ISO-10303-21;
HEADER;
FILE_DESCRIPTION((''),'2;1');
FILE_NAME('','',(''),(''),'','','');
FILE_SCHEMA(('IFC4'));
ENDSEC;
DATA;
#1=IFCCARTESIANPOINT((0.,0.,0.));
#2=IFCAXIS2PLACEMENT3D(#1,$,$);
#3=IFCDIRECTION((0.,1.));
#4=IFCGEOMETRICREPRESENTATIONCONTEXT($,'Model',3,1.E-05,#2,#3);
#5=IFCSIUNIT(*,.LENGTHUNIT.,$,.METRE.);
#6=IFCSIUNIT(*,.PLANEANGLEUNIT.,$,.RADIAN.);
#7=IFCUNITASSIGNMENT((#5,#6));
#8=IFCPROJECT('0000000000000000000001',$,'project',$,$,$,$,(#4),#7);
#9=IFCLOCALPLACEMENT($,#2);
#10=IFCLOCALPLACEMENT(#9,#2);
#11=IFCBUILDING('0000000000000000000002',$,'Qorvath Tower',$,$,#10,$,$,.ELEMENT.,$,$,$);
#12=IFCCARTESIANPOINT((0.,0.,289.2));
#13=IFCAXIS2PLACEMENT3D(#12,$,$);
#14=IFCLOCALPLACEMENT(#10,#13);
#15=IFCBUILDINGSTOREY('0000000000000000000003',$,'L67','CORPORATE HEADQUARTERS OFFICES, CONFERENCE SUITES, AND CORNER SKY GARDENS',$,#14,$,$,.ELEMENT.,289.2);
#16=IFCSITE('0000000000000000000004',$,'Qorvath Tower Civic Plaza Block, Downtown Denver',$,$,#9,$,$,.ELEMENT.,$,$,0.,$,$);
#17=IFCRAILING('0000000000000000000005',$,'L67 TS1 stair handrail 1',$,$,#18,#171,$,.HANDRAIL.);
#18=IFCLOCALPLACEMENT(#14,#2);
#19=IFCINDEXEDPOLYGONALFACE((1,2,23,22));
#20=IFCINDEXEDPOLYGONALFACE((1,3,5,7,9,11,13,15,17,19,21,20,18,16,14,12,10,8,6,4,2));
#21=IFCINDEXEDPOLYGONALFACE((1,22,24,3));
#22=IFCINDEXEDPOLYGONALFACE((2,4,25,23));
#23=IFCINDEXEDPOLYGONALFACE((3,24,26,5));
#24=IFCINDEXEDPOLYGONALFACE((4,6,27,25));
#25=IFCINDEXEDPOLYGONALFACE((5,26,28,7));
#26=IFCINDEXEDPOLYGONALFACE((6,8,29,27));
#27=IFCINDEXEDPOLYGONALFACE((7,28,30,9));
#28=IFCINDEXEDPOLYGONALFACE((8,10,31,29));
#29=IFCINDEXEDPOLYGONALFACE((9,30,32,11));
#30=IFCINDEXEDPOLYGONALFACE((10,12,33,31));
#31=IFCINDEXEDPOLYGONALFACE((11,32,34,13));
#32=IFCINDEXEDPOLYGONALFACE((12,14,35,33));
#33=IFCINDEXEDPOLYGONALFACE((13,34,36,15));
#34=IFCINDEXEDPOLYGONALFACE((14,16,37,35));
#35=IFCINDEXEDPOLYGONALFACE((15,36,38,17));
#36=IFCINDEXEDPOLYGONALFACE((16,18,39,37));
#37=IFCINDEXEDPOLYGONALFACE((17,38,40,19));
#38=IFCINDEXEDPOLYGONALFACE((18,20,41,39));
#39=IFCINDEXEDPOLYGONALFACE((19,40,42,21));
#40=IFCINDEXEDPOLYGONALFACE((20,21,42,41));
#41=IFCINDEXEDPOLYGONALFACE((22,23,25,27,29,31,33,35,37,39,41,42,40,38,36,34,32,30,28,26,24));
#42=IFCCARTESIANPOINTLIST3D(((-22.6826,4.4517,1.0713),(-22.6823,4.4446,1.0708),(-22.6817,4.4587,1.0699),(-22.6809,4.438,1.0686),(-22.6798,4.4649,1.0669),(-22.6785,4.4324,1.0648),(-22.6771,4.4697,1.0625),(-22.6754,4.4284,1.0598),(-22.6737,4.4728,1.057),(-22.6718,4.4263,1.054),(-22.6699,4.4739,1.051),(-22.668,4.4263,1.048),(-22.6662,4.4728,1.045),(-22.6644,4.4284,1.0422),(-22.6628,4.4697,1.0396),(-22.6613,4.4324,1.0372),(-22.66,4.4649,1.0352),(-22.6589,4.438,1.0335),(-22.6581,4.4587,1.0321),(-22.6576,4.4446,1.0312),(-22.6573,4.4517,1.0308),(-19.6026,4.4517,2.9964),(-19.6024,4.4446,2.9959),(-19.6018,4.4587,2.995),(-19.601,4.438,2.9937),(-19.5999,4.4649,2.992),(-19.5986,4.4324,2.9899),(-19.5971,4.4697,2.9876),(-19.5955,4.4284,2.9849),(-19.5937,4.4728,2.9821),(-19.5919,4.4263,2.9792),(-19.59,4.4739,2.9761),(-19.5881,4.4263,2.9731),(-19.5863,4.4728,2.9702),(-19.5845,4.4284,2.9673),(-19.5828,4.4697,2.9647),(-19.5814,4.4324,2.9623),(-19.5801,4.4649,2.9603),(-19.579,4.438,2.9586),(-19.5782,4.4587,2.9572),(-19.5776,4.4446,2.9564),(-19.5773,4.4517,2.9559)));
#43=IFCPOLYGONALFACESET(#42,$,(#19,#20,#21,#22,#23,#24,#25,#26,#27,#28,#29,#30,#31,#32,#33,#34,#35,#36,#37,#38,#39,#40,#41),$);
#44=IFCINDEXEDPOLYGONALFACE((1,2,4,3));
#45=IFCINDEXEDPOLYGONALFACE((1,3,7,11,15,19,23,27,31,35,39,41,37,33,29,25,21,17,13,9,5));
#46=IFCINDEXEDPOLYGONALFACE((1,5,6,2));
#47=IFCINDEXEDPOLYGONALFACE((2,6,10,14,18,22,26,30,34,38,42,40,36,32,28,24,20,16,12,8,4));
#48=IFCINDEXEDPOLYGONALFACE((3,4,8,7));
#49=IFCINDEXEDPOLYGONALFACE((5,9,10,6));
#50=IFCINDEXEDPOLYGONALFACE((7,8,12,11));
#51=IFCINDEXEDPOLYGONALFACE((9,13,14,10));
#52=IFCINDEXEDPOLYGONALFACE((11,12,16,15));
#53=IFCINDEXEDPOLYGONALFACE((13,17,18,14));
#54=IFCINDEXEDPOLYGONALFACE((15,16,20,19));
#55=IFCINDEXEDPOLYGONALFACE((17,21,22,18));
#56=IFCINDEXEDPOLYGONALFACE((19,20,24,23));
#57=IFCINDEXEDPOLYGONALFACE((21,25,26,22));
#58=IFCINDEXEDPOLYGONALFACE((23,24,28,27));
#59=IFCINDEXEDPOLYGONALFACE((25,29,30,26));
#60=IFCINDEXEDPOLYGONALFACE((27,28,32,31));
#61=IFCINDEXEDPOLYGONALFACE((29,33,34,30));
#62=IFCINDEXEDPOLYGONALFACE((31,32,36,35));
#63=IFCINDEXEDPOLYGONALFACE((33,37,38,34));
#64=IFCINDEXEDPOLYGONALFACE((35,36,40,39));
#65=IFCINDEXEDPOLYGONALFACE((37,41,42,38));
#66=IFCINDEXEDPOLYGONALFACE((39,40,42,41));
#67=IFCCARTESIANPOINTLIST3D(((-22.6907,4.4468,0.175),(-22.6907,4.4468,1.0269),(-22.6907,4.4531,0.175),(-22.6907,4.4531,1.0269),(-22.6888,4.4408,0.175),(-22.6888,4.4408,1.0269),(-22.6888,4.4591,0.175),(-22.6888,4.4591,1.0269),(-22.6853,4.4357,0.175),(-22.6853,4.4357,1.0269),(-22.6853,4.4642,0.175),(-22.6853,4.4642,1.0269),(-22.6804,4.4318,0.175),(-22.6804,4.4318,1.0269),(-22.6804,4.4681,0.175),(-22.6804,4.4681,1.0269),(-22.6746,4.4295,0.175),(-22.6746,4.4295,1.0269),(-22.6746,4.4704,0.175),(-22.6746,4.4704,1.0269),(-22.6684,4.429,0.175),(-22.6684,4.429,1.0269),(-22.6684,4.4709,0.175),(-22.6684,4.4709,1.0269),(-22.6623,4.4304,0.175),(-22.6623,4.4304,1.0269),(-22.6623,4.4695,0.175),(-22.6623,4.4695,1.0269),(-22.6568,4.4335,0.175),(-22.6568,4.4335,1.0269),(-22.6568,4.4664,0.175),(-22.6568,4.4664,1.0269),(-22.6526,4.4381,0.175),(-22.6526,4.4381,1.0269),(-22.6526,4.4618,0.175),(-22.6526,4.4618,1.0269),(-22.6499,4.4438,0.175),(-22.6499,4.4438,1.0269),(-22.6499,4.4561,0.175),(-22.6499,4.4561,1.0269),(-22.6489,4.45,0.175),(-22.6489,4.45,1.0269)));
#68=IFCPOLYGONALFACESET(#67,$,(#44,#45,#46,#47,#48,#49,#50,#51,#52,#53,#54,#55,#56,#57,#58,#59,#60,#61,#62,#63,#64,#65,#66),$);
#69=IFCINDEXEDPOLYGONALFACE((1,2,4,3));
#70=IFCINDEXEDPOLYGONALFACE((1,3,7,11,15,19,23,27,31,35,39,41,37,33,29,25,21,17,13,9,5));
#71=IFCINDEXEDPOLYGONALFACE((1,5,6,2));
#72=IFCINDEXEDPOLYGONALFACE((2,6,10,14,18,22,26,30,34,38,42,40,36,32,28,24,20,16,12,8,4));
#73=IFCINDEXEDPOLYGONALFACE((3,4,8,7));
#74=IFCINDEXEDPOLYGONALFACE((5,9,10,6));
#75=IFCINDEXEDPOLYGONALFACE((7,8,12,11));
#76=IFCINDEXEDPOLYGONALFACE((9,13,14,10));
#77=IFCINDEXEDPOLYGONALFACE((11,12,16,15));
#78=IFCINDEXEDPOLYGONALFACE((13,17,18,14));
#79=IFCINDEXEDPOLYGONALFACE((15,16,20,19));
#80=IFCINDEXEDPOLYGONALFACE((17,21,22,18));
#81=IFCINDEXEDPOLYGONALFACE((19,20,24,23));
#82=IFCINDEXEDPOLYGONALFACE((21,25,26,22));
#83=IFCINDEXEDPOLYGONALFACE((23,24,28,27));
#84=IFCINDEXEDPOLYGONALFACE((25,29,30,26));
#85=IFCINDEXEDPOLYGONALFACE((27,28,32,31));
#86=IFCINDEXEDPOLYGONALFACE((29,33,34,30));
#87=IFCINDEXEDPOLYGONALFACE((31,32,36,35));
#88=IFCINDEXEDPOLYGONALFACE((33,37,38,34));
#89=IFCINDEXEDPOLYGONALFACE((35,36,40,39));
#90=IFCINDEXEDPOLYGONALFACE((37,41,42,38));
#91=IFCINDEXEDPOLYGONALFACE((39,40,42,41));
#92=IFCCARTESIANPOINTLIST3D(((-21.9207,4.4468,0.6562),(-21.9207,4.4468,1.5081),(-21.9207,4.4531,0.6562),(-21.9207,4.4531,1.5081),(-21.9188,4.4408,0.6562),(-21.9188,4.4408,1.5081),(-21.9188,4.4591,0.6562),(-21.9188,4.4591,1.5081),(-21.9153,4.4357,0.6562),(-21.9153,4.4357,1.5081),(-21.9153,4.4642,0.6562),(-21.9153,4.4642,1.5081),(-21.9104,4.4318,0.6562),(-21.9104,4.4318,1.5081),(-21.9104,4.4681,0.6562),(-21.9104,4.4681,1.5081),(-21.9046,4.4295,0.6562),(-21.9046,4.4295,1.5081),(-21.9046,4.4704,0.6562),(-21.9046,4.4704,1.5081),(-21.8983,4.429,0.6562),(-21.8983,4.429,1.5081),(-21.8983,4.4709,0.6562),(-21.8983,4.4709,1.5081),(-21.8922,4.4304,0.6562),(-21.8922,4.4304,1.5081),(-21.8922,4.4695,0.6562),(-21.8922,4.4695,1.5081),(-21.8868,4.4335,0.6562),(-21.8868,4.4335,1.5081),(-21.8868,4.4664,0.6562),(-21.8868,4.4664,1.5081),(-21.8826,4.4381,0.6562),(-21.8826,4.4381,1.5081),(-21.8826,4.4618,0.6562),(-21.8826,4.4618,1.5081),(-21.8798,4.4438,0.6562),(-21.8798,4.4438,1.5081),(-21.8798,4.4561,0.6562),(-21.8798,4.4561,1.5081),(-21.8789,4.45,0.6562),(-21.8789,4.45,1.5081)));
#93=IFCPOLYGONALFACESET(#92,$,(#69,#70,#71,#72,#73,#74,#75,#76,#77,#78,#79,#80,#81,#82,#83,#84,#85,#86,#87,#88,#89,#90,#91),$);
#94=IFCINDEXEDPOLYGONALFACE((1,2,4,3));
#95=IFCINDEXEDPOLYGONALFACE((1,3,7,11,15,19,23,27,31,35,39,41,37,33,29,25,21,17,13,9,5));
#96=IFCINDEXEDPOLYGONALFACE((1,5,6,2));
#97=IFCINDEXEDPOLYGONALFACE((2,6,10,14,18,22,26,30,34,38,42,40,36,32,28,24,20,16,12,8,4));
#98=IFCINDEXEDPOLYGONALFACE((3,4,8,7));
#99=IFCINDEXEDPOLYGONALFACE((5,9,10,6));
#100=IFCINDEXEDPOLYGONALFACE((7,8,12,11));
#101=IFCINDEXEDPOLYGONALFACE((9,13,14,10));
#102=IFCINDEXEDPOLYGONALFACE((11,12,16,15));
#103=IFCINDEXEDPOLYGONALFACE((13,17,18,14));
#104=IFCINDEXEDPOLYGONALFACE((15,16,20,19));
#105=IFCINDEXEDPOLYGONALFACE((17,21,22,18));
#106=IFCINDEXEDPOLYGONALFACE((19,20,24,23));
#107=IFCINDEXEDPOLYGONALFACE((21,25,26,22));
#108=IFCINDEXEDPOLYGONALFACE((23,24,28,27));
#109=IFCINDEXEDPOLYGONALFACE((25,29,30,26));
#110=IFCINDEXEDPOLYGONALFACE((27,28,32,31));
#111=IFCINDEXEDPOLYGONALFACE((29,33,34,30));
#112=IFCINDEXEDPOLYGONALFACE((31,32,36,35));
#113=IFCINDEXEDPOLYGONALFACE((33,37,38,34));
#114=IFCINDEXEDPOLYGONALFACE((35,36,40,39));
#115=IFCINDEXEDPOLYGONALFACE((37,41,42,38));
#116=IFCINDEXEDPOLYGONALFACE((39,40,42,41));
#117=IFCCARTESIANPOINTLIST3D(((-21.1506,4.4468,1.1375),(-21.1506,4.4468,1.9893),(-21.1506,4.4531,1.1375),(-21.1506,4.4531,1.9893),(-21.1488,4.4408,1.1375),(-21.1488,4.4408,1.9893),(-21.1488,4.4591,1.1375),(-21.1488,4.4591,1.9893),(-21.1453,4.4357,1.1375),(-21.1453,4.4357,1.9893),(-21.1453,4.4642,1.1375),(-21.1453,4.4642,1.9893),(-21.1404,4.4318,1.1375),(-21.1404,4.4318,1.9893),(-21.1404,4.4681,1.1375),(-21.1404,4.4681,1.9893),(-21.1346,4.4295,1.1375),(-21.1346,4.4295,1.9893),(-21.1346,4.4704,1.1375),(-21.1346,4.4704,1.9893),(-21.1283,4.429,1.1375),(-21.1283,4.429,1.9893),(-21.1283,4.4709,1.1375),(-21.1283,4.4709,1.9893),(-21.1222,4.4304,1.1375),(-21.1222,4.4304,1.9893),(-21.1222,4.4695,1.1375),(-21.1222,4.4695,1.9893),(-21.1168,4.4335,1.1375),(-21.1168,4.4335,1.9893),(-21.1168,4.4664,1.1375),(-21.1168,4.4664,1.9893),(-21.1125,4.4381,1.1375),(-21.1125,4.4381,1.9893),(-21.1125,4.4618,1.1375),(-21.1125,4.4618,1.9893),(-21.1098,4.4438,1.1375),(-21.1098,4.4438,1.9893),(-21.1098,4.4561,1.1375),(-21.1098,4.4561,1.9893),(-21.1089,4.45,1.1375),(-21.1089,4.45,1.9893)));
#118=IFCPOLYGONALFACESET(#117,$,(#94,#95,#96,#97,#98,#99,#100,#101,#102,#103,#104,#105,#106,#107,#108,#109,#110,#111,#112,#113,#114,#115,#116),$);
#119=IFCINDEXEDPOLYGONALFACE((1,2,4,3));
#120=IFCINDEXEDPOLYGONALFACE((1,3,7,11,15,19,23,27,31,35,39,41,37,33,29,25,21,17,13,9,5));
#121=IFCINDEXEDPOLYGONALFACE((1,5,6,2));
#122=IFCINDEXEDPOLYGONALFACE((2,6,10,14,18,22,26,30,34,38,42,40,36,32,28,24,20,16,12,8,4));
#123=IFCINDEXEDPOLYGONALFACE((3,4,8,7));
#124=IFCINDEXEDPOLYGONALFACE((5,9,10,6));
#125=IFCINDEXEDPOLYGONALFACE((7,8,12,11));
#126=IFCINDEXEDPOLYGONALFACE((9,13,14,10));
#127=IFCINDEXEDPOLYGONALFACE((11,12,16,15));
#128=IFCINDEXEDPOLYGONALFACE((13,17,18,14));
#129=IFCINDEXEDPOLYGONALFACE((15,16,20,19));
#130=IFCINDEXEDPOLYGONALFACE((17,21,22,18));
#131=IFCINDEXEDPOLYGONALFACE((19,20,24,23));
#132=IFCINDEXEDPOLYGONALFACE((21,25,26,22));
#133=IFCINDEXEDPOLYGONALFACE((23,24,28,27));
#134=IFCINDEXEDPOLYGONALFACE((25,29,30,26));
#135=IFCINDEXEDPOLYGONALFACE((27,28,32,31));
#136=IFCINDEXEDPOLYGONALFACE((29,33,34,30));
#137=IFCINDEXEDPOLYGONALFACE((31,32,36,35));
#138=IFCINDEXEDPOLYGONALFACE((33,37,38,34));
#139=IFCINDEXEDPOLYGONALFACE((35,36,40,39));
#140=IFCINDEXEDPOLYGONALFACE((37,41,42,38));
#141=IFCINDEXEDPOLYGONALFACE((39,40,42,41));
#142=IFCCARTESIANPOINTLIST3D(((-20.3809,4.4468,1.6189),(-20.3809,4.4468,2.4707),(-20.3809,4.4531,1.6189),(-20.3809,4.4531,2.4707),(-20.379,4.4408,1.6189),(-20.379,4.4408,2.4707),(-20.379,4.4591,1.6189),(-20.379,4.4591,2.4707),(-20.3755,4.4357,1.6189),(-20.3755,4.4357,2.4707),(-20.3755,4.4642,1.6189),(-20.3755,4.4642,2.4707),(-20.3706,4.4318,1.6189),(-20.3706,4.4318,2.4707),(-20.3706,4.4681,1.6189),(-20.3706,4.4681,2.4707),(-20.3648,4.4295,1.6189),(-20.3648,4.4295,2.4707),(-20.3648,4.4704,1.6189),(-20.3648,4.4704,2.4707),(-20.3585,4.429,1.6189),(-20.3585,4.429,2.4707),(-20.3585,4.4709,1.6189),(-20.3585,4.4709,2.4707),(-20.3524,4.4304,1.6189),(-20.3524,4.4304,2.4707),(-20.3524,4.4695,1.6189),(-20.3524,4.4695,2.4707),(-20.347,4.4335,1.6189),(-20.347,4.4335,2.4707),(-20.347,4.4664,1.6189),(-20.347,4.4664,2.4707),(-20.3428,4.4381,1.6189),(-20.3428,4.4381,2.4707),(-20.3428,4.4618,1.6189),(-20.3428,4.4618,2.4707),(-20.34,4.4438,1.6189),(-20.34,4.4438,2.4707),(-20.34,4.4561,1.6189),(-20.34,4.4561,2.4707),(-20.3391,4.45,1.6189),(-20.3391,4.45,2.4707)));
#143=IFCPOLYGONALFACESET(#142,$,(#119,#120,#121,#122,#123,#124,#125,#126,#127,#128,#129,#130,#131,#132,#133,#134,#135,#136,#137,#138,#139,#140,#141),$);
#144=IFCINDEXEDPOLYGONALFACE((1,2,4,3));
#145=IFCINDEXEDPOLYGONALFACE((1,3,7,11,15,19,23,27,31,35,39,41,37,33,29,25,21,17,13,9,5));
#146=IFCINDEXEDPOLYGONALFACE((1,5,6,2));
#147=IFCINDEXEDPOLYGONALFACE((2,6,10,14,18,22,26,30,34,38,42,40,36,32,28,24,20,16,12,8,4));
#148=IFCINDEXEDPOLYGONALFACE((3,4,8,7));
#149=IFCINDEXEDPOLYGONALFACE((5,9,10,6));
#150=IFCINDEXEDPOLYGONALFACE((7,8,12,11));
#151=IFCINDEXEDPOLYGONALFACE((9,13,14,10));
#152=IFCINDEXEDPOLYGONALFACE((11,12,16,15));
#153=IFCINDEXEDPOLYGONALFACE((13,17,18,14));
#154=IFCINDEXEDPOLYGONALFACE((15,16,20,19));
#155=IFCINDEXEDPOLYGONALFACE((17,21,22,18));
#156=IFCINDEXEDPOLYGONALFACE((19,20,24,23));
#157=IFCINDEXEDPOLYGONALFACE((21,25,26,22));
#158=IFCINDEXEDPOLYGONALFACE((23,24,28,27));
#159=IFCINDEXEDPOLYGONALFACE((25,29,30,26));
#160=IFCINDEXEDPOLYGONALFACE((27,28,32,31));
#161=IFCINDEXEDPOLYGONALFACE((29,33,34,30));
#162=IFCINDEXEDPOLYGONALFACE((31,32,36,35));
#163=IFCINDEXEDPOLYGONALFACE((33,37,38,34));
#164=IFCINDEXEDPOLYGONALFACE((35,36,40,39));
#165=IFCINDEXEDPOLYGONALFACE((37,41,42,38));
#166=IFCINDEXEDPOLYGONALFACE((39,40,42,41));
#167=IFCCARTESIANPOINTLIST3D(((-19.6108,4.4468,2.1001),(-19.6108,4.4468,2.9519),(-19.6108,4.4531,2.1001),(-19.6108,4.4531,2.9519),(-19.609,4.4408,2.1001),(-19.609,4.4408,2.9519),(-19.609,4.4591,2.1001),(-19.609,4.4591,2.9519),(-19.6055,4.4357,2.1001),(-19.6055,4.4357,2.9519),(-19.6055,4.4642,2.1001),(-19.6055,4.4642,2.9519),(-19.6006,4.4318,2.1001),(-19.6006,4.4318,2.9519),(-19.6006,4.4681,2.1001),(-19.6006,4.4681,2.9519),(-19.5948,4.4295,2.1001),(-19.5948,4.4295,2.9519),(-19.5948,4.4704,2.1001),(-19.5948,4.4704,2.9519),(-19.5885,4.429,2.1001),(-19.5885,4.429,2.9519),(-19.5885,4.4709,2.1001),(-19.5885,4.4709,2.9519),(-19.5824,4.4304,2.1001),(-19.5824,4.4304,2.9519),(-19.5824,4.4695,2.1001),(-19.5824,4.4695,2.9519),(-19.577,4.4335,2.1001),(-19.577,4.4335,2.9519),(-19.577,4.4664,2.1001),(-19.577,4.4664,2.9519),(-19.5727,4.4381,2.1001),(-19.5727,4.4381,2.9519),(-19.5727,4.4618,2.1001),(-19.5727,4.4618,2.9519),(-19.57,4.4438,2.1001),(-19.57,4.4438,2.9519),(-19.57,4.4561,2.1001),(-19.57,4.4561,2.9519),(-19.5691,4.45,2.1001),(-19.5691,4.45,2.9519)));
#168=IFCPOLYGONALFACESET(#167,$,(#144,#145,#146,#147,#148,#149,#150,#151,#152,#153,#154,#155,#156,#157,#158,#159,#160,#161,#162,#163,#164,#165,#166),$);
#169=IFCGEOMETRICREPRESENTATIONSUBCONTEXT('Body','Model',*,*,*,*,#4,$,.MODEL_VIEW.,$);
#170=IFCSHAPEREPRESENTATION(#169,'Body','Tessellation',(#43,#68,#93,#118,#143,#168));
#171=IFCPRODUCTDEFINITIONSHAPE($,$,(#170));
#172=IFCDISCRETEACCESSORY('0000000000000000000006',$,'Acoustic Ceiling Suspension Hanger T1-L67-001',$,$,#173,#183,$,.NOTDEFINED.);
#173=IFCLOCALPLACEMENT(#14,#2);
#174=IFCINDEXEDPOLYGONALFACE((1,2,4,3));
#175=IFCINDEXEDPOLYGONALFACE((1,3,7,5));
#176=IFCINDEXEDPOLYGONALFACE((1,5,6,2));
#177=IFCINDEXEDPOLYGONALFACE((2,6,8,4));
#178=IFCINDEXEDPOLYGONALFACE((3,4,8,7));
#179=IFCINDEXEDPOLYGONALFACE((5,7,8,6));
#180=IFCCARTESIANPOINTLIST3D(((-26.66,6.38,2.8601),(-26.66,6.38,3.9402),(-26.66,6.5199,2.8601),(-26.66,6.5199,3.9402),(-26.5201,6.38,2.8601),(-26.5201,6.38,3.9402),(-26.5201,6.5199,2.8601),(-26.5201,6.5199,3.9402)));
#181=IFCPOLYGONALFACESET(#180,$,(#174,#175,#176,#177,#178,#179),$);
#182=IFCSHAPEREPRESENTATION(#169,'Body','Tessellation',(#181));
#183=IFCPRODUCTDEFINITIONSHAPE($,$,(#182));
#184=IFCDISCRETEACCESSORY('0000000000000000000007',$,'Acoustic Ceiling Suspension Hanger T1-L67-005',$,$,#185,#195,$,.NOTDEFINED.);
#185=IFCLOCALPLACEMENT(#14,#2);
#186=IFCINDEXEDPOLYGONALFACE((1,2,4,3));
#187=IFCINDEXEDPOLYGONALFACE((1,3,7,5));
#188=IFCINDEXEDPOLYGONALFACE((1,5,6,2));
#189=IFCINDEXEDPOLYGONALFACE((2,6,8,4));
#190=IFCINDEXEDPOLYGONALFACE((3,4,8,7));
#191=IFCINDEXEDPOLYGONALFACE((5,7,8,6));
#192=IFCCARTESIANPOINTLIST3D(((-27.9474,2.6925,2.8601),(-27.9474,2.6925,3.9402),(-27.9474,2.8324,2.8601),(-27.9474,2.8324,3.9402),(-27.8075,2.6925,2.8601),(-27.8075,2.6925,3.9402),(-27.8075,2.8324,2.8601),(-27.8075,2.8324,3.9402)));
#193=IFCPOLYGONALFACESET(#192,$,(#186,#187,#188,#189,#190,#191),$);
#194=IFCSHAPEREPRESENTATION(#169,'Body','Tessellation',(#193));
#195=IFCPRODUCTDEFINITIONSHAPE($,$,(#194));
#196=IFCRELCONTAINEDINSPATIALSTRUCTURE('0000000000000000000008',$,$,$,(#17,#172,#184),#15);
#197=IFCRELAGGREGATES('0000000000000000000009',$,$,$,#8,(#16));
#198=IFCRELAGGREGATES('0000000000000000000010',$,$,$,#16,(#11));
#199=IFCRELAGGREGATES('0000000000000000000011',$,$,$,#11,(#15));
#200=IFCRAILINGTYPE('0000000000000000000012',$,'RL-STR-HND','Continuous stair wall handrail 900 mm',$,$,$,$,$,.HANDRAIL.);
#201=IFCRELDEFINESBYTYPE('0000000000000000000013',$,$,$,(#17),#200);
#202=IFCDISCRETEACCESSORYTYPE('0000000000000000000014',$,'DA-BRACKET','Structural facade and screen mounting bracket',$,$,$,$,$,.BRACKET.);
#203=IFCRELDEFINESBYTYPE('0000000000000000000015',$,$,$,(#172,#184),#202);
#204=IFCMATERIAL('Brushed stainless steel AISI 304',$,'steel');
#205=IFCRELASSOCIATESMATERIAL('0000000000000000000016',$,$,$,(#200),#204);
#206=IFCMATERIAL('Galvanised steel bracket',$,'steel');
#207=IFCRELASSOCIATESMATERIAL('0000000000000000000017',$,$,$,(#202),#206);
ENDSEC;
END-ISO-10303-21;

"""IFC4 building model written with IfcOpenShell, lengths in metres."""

from ifc_helpers import new_model, si_unit, direction, frame, origin, origin_2d, place, context, subcontext, project, spatial, rectangle, circle, extrude, material, type_object, element, save


model = new_model("IFC4")

# Units and contexts
model_context = context("Model", 3, precision=1e-05, world=origin(), true_north=direction((0.0, 1.0)))
body_context = subcontext(model_context, "Body", "Model", "MODEL_VIEW")
ifc_project = project(units=[si_unit("LENGTHUNIT", "METRE"), si_unit("PLANEANGLEUNIT", "RADIAN")], contexts=[model_context])

# Site, building, storey
site_placement = place(None, origin())
site = spatial("IfcSite", under=ifc_project, at=site_placement, Name="Qorvath Tower Civic Plaza Block, Downtown Denver", CompositionType="ELEMENT", RefElevation=0.0)
building_placement = place(site_placement, origin())
building = spatial("IfcBuilding", under=site, at=building_placement, Name="Qorvath Tower", CompositionType="ELEMENT")
storey_placement = place(building_placement, frame((0.0, 0.0, 289.2)))
storey = spatial("IfcBuildingStorey", under=building, at=storey_placement, Name="L67", Description="CORPORATE HEADQUARTERS OFFICES, CONFERENCE SUITES, AND CORNER SKY GARDENS", CompositionType="ELEMENT", Elevation=289.2)

# Railing
ifc_material_1 = material(Name="Brushed stainless steel AISI 304", Category="steel")
railing_type_1 = type_object("IfcRailingType", Name="RL-STR-HND", Description="Continuous stair wall handrail 900 mm", PredefinedType="HANDRAIL", material=ifc_material_1)
railing_1_placement = place(storey_placement, frame((-22.6699, 4.45, 0.175)))
element("IfcRailing", 1, at=railing_1_placement, inside=storey, type_object=railing_type_1, Name="L67 TS1 stair handrail 1", PredefinedType="HANDRAIL", context=body_context, shape_type="SweptSolid", body=[
    extrude(circle(Radius=0.0239, at=origin_2d()), frame((0.0, 0.0, 0.876), z_axis=(0.847979, 0.0, 0.530029), x_axis=(0.0, 1.0, 0.0)), (0.0, 0.0, 1.0), 3.6321),
    extrude(circle(Radius=0.021, at=origin_2d()), origin(), (0.0, 0.0, 1.0), 0.8518),
    extrude(circle(Radius=0.021, at=origin_2d()), frame((0.77, 0.0, 0.4812)), (0.0, 0.0, 1.0), 0.8518),
    extrude(circle(Radius=0.021, at=origin_2d()), frame((1.54, 0.0, 0.9624)), (0.0, 0.0, 1.0), 0.8518),
    extrude(circle(Radius=0.021, at=origin_2d()), frame((2.3098, 0.0, 1.4438)), (0.0, 0.0, 1.0), 0.8518),
    extrude(circle(Radius=0.021, at=origin_2d()), frame((3.0798, 0.0, 1.925)), (0.0, 0.0, 1.0), 0.8518),
])

# Discrete accessories
ifc_material_2 = material(Name="Galvanised steel bracket", Category="steel")
discrete_accessory_type = type_object("IfcDiscreteAccessoryType", Name="DA-BRACKET", Description="Structural facade and screen mounting bracket", PredefinedType="BRACKET", material=ifc_material_2)
for number, where, z_axis, x_axis, name in (
    (2, (-26.5901, 6.45, 2.8601), (0.0, 0.0, 1.0), (1.0, 0.0, 0.0), "Acoustic Ceiling Suspension Hanger T1-L67-001"),
    (3, (-27.8774, 2.7625, 2.8601), (0.0, 0.0, 1.0), (1.0, 0.0, 0.0), "Acoustic Ceiling Suspension Hanger T1-L67-005"),
):
    element("IfcDiscreteAccessory", number, at=place(storey_placement, frame(where, z_axis=z_axis, x_axis=x_axis)), inside=storey, type_object=discrete_accessory_type, Name=name, PredefinedType="NOTDEFINED", context=body_context, shape_type="SweptSolid", body=[
        extrude(rectangle(XDim=0.1399, YDim=0.1399, at=origin_2d()), origin(), (0.0, 0.0, 1.0), 1.0801),
    ])

save(model, "model.ifc")
